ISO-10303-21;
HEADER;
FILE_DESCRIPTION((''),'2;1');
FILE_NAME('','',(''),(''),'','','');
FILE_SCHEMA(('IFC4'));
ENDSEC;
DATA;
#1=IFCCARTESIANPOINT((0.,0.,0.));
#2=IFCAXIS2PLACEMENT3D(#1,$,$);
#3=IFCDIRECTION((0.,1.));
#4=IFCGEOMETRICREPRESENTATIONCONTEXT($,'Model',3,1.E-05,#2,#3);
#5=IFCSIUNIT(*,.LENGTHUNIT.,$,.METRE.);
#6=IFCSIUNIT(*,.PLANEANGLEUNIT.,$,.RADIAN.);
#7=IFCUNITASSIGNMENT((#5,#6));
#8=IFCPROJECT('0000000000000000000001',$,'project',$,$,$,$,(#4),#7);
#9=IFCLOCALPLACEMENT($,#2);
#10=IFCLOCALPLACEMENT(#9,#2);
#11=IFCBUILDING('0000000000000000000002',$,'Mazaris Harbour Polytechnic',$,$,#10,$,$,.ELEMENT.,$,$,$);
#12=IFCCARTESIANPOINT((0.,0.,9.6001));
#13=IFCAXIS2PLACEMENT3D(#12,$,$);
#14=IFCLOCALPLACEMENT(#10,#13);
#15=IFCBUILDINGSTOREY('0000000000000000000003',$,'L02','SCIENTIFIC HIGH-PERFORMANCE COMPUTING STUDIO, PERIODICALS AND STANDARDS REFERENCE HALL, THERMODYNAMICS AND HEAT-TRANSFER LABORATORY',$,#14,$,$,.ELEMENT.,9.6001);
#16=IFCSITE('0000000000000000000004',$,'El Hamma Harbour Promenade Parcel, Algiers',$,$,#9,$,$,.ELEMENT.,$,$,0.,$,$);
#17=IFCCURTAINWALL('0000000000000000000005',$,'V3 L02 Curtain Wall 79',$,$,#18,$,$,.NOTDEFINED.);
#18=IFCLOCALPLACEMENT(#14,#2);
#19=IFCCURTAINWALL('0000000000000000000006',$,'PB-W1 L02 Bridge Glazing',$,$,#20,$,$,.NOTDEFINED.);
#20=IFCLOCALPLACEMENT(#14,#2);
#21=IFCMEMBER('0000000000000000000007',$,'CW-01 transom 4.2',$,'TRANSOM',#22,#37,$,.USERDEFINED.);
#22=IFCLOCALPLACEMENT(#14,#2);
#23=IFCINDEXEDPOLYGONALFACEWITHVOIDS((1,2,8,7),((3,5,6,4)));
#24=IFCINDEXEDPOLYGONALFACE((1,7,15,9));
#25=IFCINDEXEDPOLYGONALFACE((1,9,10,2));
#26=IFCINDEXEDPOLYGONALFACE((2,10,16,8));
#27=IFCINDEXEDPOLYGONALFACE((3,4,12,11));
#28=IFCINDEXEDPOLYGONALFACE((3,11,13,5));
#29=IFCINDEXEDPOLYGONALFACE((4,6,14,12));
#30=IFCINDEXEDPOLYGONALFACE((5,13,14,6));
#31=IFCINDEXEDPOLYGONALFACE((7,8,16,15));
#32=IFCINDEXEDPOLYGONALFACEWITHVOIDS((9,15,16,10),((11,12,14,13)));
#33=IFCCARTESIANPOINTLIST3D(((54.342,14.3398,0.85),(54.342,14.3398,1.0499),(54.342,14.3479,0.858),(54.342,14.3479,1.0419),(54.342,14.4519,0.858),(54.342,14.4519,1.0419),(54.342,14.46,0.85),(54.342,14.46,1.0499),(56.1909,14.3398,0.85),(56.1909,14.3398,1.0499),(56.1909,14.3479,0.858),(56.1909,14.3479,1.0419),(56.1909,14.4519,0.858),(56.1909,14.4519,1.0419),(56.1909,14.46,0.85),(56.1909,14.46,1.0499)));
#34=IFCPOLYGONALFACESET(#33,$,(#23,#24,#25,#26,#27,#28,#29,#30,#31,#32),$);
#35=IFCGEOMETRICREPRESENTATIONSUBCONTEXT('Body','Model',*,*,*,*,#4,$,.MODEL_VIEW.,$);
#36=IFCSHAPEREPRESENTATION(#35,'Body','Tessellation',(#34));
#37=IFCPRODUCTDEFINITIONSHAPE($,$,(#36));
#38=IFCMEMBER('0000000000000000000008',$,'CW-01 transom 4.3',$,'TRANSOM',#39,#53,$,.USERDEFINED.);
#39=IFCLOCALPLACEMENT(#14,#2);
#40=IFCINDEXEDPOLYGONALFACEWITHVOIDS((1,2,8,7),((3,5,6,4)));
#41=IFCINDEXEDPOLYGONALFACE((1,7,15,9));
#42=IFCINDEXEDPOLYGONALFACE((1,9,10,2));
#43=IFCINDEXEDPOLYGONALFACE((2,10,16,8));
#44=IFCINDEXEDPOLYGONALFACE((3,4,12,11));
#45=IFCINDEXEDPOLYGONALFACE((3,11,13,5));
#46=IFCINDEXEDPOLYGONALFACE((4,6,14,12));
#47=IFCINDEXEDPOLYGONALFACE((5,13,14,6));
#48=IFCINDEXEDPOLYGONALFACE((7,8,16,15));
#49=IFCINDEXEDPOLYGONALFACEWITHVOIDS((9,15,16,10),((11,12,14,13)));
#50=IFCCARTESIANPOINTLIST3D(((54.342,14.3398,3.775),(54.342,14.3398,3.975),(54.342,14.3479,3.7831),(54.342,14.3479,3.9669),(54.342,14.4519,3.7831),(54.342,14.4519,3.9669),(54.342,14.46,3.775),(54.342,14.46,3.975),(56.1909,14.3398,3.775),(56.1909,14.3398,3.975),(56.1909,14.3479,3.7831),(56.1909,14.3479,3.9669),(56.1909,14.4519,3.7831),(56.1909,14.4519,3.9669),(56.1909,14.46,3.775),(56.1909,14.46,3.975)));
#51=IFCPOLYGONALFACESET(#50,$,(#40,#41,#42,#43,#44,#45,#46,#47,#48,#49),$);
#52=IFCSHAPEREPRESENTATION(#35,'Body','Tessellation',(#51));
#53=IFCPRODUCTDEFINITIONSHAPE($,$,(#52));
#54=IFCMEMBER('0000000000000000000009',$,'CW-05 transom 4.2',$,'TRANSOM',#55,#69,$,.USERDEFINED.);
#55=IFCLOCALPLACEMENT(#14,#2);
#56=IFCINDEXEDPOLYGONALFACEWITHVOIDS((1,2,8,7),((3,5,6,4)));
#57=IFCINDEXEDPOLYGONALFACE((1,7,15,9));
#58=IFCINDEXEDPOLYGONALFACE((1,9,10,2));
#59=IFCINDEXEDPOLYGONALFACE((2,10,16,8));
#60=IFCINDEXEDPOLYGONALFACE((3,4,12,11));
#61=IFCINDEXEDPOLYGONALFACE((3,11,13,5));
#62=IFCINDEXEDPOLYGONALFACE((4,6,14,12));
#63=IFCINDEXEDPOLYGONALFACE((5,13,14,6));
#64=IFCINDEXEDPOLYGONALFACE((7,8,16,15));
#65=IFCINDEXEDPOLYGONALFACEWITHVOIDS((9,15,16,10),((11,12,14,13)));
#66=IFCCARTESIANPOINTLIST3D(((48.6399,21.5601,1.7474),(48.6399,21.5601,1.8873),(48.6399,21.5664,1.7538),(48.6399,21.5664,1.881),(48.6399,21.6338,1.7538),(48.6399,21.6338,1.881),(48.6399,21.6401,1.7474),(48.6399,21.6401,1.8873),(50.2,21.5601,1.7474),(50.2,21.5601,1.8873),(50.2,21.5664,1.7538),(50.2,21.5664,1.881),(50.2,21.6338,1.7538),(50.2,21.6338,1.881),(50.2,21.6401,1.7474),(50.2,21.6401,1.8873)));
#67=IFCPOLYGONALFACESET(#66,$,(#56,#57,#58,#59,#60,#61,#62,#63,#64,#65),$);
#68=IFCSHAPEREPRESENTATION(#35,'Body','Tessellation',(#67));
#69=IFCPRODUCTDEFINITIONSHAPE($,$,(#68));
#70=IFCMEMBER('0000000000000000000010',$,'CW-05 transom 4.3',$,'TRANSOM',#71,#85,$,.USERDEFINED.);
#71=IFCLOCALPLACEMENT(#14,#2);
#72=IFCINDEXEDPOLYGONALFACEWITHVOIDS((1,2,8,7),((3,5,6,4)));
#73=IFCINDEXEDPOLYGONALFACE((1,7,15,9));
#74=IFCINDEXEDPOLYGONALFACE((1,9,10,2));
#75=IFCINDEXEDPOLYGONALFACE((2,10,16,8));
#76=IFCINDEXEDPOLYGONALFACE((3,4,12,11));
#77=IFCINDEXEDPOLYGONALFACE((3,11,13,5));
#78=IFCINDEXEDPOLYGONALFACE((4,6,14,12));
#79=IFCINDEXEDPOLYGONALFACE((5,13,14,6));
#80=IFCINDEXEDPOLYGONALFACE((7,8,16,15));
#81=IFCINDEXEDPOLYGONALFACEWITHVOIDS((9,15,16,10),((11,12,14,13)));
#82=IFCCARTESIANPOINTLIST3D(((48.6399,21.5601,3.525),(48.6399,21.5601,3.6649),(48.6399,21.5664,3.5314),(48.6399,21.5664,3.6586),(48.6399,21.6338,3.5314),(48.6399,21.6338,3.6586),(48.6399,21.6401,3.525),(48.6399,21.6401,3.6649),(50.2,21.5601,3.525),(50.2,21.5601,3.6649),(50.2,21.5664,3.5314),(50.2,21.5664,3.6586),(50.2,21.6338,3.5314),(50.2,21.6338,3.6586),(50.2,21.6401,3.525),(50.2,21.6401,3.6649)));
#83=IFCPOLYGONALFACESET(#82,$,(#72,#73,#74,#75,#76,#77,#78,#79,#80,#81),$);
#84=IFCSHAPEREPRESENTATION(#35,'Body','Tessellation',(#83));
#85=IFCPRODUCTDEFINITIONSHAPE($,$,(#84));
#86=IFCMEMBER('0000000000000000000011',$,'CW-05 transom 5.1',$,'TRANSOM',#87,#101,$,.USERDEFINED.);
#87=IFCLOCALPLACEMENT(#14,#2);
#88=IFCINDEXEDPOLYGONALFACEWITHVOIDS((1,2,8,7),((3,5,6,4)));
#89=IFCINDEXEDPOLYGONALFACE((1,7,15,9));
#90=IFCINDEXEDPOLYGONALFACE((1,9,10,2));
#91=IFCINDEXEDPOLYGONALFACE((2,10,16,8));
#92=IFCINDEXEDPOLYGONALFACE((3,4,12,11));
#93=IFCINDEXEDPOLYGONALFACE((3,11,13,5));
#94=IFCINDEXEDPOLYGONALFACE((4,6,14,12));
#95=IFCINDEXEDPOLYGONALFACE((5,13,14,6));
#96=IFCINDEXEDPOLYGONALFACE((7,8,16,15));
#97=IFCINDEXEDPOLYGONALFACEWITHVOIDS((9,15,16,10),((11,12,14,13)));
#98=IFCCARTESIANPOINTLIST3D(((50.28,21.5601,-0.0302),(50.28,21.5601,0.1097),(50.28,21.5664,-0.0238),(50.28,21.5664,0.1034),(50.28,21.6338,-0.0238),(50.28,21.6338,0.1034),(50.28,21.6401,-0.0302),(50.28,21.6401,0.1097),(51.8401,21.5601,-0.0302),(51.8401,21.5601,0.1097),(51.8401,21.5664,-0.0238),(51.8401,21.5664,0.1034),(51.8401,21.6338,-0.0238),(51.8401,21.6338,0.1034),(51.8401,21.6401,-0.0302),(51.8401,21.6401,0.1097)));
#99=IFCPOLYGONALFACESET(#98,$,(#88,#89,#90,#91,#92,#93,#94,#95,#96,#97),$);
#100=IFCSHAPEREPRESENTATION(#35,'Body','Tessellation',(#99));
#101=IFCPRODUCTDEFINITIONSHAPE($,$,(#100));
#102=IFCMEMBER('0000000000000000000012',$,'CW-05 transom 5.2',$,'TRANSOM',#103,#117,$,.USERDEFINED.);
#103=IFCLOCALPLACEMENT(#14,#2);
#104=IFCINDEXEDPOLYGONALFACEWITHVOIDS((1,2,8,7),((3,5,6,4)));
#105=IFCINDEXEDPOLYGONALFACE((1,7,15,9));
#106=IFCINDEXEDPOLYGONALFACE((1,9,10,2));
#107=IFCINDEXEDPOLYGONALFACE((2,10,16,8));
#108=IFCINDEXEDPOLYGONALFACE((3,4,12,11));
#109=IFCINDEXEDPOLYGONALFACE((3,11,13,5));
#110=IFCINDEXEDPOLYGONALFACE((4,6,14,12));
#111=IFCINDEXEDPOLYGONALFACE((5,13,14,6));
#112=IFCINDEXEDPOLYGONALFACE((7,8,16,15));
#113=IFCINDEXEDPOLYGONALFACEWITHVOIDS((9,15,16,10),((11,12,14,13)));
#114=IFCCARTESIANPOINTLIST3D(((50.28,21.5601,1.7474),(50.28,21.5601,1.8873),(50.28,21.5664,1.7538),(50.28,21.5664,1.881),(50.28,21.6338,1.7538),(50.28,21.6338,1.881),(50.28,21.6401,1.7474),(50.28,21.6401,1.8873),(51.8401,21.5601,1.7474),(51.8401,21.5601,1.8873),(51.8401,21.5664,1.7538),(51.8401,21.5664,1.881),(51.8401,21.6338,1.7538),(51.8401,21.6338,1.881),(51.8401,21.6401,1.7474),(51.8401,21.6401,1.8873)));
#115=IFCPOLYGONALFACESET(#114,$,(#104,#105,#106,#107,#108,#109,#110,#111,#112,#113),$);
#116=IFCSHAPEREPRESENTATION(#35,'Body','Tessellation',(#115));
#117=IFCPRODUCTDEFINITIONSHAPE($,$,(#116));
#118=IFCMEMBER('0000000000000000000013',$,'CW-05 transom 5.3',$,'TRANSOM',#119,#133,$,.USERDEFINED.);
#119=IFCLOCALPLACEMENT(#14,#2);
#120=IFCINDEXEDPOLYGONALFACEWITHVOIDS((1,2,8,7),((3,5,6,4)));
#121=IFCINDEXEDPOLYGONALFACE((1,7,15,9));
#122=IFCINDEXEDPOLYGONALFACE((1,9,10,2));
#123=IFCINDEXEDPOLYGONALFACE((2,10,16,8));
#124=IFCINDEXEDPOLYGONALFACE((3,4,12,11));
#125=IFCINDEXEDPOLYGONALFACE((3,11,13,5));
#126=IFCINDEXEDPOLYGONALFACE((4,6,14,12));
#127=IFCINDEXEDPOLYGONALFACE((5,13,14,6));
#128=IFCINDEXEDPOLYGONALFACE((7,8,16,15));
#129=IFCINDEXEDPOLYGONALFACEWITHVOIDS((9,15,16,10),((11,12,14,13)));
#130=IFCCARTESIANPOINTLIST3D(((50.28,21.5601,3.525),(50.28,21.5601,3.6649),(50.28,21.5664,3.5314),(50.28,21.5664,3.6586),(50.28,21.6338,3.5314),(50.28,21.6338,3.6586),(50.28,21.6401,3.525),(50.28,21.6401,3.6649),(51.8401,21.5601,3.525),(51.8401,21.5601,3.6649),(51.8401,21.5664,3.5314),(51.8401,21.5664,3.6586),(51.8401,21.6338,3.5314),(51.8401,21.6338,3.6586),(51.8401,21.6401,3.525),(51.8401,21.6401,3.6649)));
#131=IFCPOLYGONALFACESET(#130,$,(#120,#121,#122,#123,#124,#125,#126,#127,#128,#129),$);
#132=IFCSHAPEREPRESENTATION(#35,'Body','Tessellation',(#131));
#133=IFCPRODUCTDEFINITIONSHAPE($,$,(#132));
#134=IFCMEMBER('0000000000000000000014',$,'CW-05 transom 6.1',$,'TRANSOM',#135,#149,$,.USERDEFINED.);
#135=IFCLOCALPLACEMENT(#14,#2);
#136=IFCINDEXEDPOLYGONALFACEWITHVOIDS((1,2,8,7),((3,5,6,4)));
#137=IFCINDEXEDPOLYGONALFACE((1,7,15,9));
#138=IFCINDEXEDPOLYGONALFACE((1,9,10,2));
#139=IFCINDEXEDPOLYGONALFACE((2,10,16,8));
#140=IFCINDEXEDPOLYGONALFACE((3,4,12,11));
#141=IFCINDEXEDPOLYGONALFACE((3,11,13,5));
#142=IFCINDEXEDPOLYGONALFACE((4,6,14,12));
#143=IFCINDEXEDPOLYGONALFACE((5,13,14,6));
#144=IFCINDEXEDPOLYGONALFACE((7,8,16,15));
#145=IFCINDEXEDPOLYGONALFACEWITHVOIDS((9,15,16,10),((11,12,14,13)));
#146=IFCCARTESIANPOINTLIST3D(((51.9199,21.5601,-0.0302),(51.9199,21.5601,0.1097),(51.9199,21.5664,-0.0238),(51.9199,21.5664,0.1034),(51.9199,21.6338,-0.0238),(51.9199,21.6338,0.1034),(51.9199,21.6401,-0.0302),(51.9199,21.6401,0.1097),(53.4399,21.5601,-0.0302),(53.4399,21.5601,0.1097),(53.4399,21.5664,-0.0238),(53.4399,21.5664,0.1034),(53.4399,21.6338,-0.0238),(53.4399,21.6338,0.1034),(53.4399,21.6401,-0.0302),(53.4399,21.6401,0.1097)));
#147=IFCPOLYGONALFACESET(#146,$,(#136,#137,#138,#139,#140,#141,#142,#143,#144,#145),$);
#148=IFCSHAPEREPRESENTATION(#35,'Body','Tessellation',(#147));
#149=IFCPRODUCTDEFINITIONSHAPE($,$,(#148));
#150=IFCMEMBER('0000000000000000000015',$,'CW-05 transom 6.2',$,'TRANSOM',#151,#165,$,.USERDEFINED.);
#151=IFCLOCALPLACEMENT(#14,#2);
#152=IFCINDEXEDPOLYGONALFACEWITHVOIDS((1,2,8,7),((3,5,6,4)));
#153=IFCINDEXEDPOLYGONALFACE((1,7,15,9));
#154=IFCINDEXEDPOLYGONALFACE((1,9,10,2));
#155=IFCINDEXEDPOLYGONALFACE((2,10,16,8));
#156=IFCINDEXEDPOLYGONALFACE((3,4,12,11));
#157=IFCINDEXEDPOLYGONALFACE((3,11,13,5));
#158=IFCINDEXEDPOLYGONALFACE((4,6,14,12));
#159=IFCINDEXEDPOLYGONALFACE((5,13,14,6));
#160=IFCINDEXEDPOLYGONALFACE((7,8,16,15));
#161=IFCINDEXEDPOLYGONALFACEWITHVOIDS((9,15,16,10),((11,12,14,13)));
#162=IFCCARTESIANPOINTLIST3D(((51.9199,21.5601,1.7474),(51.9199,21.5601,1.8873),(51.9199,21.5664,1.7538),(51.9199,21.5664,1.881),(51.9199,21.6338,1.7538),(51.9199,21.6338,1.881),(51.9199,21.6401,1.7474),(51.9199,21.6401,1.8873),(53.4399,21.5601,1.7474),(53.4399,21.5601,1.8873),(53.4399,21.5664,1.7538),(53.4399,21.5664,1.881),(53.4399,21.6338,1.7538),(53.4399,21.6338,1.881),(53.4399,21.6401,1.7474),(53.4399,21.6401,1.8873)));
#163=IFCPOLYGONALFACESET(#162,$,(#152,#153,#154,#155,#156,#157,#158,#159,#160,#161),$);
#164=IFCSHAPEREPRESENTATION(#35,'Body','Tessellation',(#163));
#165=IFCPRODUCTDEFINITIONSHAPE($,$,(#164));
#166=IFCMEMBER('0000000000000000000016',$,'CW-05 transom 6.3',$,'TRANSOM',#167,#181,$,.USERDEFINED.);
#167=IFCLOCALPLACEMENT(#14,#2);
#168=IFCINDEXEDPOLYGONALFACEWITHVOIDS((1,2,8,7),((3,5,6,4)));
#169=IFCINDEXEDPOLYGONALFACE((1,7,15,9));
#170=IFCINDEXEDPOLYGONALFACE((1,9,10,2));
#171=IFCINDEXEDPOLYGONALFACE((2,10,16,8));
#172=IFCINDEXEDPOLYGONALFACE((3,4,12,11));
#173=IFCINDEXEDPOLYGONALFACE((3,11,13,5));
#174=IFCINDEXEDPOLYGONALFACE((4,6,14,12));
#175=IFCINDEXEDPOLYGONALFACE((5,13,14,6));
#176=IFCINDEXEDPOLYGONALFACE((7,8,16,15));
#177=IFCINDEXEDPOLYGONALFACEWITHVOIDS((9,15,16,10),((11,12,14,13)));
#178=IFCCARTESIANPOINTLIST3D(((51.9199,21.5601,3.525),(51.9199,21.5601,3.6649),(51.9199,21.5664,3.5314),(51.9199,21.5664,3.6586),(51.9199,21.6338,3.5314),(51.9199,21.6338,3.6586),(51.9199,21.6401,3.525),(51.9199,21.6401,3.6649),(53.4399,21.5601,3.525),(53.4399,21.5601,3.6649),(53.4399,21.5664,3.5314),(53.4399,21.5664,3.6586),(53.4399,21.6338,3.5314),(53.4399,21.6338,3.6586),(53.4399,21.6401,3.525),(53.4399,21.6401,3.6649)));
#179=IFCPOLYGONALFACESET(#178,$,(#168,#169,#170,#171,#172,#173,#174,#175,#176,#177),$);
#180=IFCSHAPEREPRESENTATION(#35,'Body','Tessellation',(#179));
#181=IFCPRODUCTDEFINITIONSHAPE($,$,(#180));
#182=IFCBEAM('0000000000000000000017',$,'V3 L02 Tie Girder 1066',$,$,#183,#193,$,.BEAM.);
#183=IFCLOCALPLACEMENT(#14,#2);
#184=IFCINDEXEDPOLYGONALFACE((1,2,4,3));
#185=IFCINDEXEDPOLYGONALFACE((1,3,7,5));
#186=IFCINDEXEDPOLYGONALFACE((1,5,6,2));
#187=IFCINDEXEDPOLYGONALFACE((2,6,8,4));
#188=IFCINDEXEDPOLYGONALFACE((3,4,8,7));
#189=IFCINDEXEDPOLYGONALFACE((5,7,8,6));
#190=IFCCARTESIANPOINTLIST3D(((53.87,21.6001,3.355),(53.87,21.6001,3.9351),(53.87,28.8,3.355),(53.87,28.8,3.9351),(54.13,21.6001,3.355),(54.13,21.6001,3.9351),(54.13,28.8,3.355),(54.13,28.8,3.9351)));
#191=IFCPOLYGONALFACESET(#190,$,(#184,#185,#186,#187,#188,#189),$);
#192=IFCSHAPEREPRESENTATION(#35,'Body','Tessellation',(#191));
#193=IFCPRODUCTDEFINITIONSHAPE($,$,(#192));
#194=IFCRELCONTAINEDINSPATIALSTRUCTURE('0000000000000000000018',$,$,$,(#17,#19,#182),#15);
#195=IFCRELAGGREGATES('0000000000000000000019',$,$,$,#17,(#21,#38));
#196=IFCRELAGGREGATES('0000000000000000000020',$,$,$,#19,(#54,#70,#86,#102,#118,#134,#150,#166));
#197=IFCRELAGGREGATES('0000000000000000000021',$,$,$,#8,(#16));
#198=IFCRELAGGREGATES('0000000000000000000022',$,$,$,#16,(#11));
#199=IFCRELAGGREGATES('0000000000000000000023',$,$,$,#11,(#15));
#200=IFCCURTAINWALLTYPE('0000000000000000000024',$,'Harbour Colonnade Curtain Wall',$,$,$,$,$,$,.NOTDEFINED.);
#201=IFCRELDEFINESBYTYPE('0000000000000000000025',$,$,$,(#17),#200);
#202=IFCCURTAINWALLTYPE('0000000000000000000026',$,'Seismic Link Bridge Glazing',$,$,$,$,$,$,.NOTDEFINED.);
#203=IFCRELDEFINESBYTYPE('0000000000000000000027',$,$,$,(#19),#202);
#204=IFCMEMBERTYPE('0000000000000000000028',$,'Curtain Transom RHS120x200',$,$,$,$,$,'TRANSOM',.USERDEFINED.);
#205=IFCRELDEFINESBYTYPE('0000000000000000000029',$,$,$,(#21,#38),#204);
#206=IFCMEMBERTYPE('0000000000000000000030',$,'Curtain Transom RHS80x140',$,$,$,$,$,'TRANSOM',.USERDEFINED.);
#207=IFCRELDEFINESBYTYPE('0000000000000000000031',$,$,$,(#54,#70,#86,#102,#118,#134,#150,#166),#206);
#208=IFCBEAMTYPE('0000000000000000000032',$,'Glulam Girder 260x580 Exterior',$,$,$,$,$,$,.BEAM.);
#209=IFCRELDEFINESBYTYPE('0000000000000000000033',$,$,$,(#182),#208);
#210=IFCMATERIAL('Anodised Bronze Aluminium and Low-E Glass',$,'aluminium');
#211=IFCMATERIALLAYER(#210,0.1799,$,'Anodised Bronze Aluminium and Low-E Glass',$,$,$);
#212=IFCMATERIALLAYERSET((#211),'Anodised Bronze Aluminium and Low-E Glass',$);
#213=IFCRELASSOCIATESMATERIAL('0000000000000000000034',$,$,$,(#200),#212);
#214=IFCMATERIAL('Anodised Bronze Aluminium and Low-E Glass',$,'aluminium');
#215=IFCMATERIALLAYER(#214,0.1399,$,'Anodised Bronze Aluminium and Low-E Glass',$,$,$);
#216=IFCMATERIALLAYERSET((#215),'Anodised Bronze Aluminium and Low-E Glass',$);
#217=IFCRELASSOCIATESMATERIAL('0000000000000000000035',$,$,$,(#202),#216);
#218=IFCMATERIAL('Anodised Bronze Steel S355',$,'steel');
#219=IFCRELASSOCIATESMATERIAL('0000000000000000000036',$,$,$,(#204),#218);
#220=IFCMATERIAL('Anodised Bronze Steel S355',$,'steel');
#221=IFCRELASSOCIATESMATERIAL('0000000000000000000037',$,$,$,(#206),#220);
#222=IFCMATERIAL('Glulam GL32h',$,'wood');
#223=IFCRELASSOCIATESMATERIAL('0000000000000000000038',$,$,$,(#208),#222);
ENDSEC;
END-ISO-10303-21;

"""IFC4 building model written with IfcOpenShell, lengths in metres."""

from ifc_helpers import new_model, si_unit, direction, frame, origin, origin_2d, place, context, subcontext, project, spatial, rectangle, hollow_rectangle, extrude, material, layer, layer_set, material_profile, profile_set, type_object, element, aggregate, save


model = new_model("IFC4")

# Units and contexts
model_context = context("Model", 3, precision=1e-05, world=origin(), true_north=direction((0.0, 1.0)))
body_context = subcontext(model_context, "Body", "Model", "MODEL_VIEW")
ifc_project = project(units=[si_unit("LENGTHUNIT", "METRE"), si_unit("PLANEANGLEUNIT", "RADIAN")], contexts=[model_context])

# Site, building, storey
site_placement = place(None, origin())
site = spatial("IfcSite", under=ifc_project, at=site_placement, Name="El Hamma Harbour Promenade Parcel, Algiers", CompositionType="ELEMENT", RefElevation=0.0)
building_placement = place(site_placement, origin())
building = spatial("IfcBuilding", under=site, at=building_placement, Name="Mazaris Harbour Polytechnic", CompositionType="ELEMENT")
storey_placement = place(building_placement, frame((0.0, 0.0, 9.6001)))
storey = spatial("IfcBuildingStorey", under=building, at=storey_placement, Name="L02", Description="SCIENTIFIC HIGH-PERFORMANCE COMPUTING STUDIO, PERIODICALS AND STANDARDS REFERENCE HALL, THERMODYNAMICS AND HEAT-TRANSFER LABORATORY", CompositionType="ELEMENT", Elevation=9.6001)

# Curtain walls
ifc_material_1 = material(Name="Anodised Bronze Aluminium and Low-E Glass", Category="aluminium")
ifc_layer_1 = layer(ifc_material_1, 0.1799, Name="Anodised Bronze Aluminium and Low-E Glass")
ifc_layer_set_1 = layer_set([ifc_layer_1], Name="Anodised Bronze Aluminium and Low-E Glass")
curtain_wall_type_1 = type_object("IfcCurtainWallType", Name="Harbour Colonnade Curtain Wall", PredefinedType="NOTDEFINED", material=ifc_layer_set_1)
curtain_wall_1_placement = place(storey_placement, origin())
curtain_wall_1 = element("IfcCurtainWall", 1, at=curtain_wall_1_placement, inside=storey, type_object=curtain_wall_type_1, Name="V3 L02 Curtain Wall 79", PredefinedType="NOTDEFINED")
ifc_material_2 = material(Name="Anodised Bronze Aluminium and Low-E Glass", Category="aluminium")
ifc_layer_2 = layer(ifc_material_2, 0.1399, Name="Anodised Bronze Aluminium and Low-E Glass")
ifc_layer_set_2 = layer_set([ifc_layer_2], Name="Anodised Bronze Aluminium and Low-E Glass")
curtain_wall_type_2 = type_object("IfcCurtainWallType", Name="Seismic Link Bridge Glazing", PredefinedType="NOTDEFINED", material=ifc_layer_set_2)
curtain_wall_2_placement = place(storey_placement, origin())
curtain_wall_2 = element("IfcCurtainWall", 2, at=curtain_wall_2_placement, inside=storey, type_object=curtain_wall_type_2, Name="PB-W1 L02 Bridge Glazing", PredefinedType="NOTDEFINED")

# Members
ifc_material_3 = material(Name="Anodised Bronze Steel S355", Category="steel")
ifc_material_profile_1 = material_profile(ifc_material_3, hollow_rectangle(XDim=0.1201, YDim=0.2, WallThickness=0.0081, at=origin_2d()), Name="RHS 120x200x8.0")
ifc_profile_set_1 = profile_set([ifc_material_profile_1], Name="Anodised Bronze Steel S355")
member_type_1 = type_object("IfcMemberType", Name="Curtain Transom RHS120x200", ElementType="TRANSOM", PredefinedType="USERDEFINED", material=ifc_profile_set_1)
member_1_placement = place(storey_placement, frame((56.1909, 14.3999, 0.95), z_axis=(-1.0, 0.0, 0.0), x_axis=(0.0, -1.0, 0.0)))
member_1 = element("IfcMember", 3, at=member_1_placement, type_object=member_type_1, Name="CW-01 transom 4.2", ObjectType="TRANSOM", PredefinedType="USERDEFINED", context=body_context, shape_type="SweptSolid", body=[
    extrude(hollow_rectangle(XDim=0.1201, YDim=0.2, WallThickness=0.0081, at=origin_2d()), origin(), (0.0, 0.0, 1.0), 1.8489),
])
member_2_placement = place(storey_placement, frame((56.1909, 14.3999, 3.875), z_axis=(-1.0, 0.0, 0.0), x_axis=(0.0, -1.0, 0.0)))
member_2 = element("IfcMember", 4, at=member_2_placement, type_object=member_type_1, Name="CW-01 transom 4.3", ObjectType="TRANSOM", PredefinedType="USERDEFINED", context=body_context, shape_type="SweptSolid", body=[
    extrude(hollow_rectangle(XDim=0.1201, YDim=0.2, WallThickness=0.0081, at=origin_2d()), origin(), (0.0, 0.0, 1.0), 1.8489),
])
ifc_material_4 = material(Name="Anodised Bronze Steel S355", Category="steel")
ifc_material_profile_2 = material_profile(ifc_material_4, hollow_rectangle(XDim=0.0801, YDim=0.1399, WallThickness=0.0063, at=origin_2d()), Name="RHS 80x140x6.3")
ifc_profile_set_2 = profile_set([ifc_material_profile_2], Name="Anodised Bronze Steel S355")
member_type_2 = type_object("IfcMemberType", Name="Curtain Transom RHS80x140", ElementType="TRANSOM", PredefinedType="USERDEFINED", material=ifc_profile_set_2)
member_3_placement = place(storey_placement, frame((48.6399, 21.6001, 1.8174), z_axis=(1.0, 0.0, 0.0), x_axis=(0.0, 1.0, 0.0)))
member_3 = element("IfcMember", 5, at=member_3_placement, type_object=member_type_2, Name="CW-05 transom 4.2", ObjectType="TRANSOM", PredefinedType="USERDEFINED", context=body_context, shape_type="SweptSolid", body=[
    extrude(hollow_rectangle(XDim=0.0801, YDim=0.1399, WallThickness=0.0063, at=origin_2d()), origin(), (0.0, 0.0, 1.0), 1.5601),
])
member_4_placement = place(storey_placement, frame((48.6399, 21.6001, 3.595), z_axis=(1.0, 0.0, 0.0), x_axis=(0.0, 1.0, 0.0)))
member_4 = element("IfcMember", 6, at=member_4_placement, type_object=member_type_2, Name="CW-05 transom 4.3", ObjectType="TRANSOM", PredefinedType="USERDEFINED", context=body_context, shape_type="SweptSolid", body=[
    extrude(hollow_rectangle(XDim=0.0801, YDim=0.1399, WallThickness=0.0063, at=origin_2d()), origin(), (0.0, 0.0, 1.0), 1.5601),
])
member_5_placement = place(storey_placement, frame((50.28, 21.6001, 0.0398), z_axis=(1.0, 0.0, 0.0), x_axis=(0.0, 1.0, 0.0)))
member_5 = element("IfcMember", 7, at=member_5_placement, type_object=member_type_2, Name="CW-05 transom 5.1", ObjectType="TRANSOM", PredefinedType="USERDEFINED", context=body_context, shape_type="SweptSolid", body=[
    extrude(hollow_rectangle(XDim=0.0801, YDim=0.1399, WallThickness=0.0063, at=origin_2d()), origin(), (0.0, 0.0, 1.0), 1.5601),
])
member_6_placement = place(storey_placement, frame((50.28, 21.6001, 1.8174), z_axis=(1.0, 0.0, 0.0), x_axis=(0.0, 1.0, 0.0)))
member_6 = element("IfcMember", 8, at=member_6_placement, type_object=member_type_2, Name="CW-05 transom 5.2", ObjectType="TRANSOM", PredefinedType="USERDEFINED", context=body_context, shape_type="SweptSolid", body=[
    extrude(hollow_rectangle(XDim=0.0801, YDim=0.1399, WallThickness=0.0063, at=origin_2d()), origin(), (0.0, 0.0, 1.0), 1.5601),
])
member_7_placement = place(storey_placement, frame((50.28, 21.6001, 3.595), z_axis=(1.0, 0.0, 0.0), x_axis=(0.0, 1.0, 0.0)))
member_7 = element("IfcMember", 9, at=member_7_placement, type_object=member_type_2, Name="CW-05 transom 5.3", ObjectType="TRANSOM", PredefinedType="USERDEFINED", context=body_context, shape_type="SweptSolid", body=[
    extrude(hollow_rectangle(XDim=0.0801, YDim=0.1399, WallThickness=0.0063, at=origin_2d()), origin(), (0.0, 0.0, 1.0), 1.5601),
])
member_8_placement = place(storey_placement, frame((51.9199, 21.6001, 0.0398), z_axis=(1.0, 0.0, 0.0), x_axis=(0.0, 1.0, 0.0)))
member_8 = element("IfcMember", 10, at=member_8_placement, type_object=member_type_2, Name="CW-05 transom 6.1", ObjectType="TRANSOM", PredefinedType="USERDEFINED", context=body_context, shape_type="SweptSolid", body=[
    extrude(hollow_rectangle(XDim=0.0801, YDim=0.1399, WallThickness=0.0063, at=origin_2d()), origin(), (0.0, 0.0, 1.0), 1.52),
])
member_9_placement = place(storey_placement, frame((51.9199, 21.6001, 1.8174), z_axis=(1.0, 0.0, 0.0), x_axis=(0.0, 1.0, 0.0)))
member_9 = element("IfcMember", 11, at=member_9_placement, type_object=member_type_2, Name="CW-05 transom 6.2", ObjectType="TRANSOM", PredefinedType="USERDEFINED", context=body_context, shape_type="SweptSolid", body=[
    extrude(hollow_rectangle(XDim=0.0801, YDim=0.1399, WallThickness=0.0063, at=origin_2d()), origin(), (0.0, 0.0, 1.0), 1.52),
])
member_10_placement = place(storey_placement, frame((51.9199, 21.6001, 3.595), z_axis=(1.0, 0.0, 0.0), x_axis=(0.0, 1.0, 0.0)))
member_10 = element("IfcMember", 12, at=member_10_placement, type_object=member_type_2, Name="CW-05 transom 6.3", ObjectType="TRANSOM", PredefinedType="USERDEFINED", context=body_context, shape_type="SweptSolid", body=[
    extrude(hollow_rectangle(XDim=0.0801, YDim=0.1399, WallThickness=0.0063, at=origin_2d()), origin(), (0.0, 0.0, 1.0), 1.52),
])

# Beam
ifc_material_5 = material(Name="Glulam GL32h", Category="wood")
ifc_material_profile_3 = material_profile(ifc_material_5, rectangle(XDim=0.26, YDim=0.5801, at=origin_2d()), Name="RECT260x580")
ifc_profile_set_3 = profile_set([ifc_material_profile_3], Name="Glulam GL32h")
beam_type_1 = type_object("IfcBeamType", Name="Glulam Girder 260x580 Exterior", PredefinedType="BEAM", material=ifc_profile_set_3)
beam_1_placement = place(storey_placement, frame((54.0, 21.6001, 3.645), z_axis=(0.0, 1.0, 0.0), x_axis=(-1.0, 0.0, 0.0)))
element("IfcBeam", 13, at=beam_1_placement, inside=storey, type_object=beam_type_1, Name="V3 L02 Tie Girder 1066", PredefinedType="BEAM", context=body_context, shape_type="SweptSolid", body=[
    extrude(rectangle(XDim=0.26, YDim=0.5801, at=origin_2d()), origin(), (0.0, 0.0, 1.0), 7.2),
])

aggregate(curtain_wall_1, [member_1, member_2])
aggregate(curtain_wall_2, [member_3, member_4, member_5, member_6, member_7, member_8, member_9, member_10])

save(model, "model.ifc")
